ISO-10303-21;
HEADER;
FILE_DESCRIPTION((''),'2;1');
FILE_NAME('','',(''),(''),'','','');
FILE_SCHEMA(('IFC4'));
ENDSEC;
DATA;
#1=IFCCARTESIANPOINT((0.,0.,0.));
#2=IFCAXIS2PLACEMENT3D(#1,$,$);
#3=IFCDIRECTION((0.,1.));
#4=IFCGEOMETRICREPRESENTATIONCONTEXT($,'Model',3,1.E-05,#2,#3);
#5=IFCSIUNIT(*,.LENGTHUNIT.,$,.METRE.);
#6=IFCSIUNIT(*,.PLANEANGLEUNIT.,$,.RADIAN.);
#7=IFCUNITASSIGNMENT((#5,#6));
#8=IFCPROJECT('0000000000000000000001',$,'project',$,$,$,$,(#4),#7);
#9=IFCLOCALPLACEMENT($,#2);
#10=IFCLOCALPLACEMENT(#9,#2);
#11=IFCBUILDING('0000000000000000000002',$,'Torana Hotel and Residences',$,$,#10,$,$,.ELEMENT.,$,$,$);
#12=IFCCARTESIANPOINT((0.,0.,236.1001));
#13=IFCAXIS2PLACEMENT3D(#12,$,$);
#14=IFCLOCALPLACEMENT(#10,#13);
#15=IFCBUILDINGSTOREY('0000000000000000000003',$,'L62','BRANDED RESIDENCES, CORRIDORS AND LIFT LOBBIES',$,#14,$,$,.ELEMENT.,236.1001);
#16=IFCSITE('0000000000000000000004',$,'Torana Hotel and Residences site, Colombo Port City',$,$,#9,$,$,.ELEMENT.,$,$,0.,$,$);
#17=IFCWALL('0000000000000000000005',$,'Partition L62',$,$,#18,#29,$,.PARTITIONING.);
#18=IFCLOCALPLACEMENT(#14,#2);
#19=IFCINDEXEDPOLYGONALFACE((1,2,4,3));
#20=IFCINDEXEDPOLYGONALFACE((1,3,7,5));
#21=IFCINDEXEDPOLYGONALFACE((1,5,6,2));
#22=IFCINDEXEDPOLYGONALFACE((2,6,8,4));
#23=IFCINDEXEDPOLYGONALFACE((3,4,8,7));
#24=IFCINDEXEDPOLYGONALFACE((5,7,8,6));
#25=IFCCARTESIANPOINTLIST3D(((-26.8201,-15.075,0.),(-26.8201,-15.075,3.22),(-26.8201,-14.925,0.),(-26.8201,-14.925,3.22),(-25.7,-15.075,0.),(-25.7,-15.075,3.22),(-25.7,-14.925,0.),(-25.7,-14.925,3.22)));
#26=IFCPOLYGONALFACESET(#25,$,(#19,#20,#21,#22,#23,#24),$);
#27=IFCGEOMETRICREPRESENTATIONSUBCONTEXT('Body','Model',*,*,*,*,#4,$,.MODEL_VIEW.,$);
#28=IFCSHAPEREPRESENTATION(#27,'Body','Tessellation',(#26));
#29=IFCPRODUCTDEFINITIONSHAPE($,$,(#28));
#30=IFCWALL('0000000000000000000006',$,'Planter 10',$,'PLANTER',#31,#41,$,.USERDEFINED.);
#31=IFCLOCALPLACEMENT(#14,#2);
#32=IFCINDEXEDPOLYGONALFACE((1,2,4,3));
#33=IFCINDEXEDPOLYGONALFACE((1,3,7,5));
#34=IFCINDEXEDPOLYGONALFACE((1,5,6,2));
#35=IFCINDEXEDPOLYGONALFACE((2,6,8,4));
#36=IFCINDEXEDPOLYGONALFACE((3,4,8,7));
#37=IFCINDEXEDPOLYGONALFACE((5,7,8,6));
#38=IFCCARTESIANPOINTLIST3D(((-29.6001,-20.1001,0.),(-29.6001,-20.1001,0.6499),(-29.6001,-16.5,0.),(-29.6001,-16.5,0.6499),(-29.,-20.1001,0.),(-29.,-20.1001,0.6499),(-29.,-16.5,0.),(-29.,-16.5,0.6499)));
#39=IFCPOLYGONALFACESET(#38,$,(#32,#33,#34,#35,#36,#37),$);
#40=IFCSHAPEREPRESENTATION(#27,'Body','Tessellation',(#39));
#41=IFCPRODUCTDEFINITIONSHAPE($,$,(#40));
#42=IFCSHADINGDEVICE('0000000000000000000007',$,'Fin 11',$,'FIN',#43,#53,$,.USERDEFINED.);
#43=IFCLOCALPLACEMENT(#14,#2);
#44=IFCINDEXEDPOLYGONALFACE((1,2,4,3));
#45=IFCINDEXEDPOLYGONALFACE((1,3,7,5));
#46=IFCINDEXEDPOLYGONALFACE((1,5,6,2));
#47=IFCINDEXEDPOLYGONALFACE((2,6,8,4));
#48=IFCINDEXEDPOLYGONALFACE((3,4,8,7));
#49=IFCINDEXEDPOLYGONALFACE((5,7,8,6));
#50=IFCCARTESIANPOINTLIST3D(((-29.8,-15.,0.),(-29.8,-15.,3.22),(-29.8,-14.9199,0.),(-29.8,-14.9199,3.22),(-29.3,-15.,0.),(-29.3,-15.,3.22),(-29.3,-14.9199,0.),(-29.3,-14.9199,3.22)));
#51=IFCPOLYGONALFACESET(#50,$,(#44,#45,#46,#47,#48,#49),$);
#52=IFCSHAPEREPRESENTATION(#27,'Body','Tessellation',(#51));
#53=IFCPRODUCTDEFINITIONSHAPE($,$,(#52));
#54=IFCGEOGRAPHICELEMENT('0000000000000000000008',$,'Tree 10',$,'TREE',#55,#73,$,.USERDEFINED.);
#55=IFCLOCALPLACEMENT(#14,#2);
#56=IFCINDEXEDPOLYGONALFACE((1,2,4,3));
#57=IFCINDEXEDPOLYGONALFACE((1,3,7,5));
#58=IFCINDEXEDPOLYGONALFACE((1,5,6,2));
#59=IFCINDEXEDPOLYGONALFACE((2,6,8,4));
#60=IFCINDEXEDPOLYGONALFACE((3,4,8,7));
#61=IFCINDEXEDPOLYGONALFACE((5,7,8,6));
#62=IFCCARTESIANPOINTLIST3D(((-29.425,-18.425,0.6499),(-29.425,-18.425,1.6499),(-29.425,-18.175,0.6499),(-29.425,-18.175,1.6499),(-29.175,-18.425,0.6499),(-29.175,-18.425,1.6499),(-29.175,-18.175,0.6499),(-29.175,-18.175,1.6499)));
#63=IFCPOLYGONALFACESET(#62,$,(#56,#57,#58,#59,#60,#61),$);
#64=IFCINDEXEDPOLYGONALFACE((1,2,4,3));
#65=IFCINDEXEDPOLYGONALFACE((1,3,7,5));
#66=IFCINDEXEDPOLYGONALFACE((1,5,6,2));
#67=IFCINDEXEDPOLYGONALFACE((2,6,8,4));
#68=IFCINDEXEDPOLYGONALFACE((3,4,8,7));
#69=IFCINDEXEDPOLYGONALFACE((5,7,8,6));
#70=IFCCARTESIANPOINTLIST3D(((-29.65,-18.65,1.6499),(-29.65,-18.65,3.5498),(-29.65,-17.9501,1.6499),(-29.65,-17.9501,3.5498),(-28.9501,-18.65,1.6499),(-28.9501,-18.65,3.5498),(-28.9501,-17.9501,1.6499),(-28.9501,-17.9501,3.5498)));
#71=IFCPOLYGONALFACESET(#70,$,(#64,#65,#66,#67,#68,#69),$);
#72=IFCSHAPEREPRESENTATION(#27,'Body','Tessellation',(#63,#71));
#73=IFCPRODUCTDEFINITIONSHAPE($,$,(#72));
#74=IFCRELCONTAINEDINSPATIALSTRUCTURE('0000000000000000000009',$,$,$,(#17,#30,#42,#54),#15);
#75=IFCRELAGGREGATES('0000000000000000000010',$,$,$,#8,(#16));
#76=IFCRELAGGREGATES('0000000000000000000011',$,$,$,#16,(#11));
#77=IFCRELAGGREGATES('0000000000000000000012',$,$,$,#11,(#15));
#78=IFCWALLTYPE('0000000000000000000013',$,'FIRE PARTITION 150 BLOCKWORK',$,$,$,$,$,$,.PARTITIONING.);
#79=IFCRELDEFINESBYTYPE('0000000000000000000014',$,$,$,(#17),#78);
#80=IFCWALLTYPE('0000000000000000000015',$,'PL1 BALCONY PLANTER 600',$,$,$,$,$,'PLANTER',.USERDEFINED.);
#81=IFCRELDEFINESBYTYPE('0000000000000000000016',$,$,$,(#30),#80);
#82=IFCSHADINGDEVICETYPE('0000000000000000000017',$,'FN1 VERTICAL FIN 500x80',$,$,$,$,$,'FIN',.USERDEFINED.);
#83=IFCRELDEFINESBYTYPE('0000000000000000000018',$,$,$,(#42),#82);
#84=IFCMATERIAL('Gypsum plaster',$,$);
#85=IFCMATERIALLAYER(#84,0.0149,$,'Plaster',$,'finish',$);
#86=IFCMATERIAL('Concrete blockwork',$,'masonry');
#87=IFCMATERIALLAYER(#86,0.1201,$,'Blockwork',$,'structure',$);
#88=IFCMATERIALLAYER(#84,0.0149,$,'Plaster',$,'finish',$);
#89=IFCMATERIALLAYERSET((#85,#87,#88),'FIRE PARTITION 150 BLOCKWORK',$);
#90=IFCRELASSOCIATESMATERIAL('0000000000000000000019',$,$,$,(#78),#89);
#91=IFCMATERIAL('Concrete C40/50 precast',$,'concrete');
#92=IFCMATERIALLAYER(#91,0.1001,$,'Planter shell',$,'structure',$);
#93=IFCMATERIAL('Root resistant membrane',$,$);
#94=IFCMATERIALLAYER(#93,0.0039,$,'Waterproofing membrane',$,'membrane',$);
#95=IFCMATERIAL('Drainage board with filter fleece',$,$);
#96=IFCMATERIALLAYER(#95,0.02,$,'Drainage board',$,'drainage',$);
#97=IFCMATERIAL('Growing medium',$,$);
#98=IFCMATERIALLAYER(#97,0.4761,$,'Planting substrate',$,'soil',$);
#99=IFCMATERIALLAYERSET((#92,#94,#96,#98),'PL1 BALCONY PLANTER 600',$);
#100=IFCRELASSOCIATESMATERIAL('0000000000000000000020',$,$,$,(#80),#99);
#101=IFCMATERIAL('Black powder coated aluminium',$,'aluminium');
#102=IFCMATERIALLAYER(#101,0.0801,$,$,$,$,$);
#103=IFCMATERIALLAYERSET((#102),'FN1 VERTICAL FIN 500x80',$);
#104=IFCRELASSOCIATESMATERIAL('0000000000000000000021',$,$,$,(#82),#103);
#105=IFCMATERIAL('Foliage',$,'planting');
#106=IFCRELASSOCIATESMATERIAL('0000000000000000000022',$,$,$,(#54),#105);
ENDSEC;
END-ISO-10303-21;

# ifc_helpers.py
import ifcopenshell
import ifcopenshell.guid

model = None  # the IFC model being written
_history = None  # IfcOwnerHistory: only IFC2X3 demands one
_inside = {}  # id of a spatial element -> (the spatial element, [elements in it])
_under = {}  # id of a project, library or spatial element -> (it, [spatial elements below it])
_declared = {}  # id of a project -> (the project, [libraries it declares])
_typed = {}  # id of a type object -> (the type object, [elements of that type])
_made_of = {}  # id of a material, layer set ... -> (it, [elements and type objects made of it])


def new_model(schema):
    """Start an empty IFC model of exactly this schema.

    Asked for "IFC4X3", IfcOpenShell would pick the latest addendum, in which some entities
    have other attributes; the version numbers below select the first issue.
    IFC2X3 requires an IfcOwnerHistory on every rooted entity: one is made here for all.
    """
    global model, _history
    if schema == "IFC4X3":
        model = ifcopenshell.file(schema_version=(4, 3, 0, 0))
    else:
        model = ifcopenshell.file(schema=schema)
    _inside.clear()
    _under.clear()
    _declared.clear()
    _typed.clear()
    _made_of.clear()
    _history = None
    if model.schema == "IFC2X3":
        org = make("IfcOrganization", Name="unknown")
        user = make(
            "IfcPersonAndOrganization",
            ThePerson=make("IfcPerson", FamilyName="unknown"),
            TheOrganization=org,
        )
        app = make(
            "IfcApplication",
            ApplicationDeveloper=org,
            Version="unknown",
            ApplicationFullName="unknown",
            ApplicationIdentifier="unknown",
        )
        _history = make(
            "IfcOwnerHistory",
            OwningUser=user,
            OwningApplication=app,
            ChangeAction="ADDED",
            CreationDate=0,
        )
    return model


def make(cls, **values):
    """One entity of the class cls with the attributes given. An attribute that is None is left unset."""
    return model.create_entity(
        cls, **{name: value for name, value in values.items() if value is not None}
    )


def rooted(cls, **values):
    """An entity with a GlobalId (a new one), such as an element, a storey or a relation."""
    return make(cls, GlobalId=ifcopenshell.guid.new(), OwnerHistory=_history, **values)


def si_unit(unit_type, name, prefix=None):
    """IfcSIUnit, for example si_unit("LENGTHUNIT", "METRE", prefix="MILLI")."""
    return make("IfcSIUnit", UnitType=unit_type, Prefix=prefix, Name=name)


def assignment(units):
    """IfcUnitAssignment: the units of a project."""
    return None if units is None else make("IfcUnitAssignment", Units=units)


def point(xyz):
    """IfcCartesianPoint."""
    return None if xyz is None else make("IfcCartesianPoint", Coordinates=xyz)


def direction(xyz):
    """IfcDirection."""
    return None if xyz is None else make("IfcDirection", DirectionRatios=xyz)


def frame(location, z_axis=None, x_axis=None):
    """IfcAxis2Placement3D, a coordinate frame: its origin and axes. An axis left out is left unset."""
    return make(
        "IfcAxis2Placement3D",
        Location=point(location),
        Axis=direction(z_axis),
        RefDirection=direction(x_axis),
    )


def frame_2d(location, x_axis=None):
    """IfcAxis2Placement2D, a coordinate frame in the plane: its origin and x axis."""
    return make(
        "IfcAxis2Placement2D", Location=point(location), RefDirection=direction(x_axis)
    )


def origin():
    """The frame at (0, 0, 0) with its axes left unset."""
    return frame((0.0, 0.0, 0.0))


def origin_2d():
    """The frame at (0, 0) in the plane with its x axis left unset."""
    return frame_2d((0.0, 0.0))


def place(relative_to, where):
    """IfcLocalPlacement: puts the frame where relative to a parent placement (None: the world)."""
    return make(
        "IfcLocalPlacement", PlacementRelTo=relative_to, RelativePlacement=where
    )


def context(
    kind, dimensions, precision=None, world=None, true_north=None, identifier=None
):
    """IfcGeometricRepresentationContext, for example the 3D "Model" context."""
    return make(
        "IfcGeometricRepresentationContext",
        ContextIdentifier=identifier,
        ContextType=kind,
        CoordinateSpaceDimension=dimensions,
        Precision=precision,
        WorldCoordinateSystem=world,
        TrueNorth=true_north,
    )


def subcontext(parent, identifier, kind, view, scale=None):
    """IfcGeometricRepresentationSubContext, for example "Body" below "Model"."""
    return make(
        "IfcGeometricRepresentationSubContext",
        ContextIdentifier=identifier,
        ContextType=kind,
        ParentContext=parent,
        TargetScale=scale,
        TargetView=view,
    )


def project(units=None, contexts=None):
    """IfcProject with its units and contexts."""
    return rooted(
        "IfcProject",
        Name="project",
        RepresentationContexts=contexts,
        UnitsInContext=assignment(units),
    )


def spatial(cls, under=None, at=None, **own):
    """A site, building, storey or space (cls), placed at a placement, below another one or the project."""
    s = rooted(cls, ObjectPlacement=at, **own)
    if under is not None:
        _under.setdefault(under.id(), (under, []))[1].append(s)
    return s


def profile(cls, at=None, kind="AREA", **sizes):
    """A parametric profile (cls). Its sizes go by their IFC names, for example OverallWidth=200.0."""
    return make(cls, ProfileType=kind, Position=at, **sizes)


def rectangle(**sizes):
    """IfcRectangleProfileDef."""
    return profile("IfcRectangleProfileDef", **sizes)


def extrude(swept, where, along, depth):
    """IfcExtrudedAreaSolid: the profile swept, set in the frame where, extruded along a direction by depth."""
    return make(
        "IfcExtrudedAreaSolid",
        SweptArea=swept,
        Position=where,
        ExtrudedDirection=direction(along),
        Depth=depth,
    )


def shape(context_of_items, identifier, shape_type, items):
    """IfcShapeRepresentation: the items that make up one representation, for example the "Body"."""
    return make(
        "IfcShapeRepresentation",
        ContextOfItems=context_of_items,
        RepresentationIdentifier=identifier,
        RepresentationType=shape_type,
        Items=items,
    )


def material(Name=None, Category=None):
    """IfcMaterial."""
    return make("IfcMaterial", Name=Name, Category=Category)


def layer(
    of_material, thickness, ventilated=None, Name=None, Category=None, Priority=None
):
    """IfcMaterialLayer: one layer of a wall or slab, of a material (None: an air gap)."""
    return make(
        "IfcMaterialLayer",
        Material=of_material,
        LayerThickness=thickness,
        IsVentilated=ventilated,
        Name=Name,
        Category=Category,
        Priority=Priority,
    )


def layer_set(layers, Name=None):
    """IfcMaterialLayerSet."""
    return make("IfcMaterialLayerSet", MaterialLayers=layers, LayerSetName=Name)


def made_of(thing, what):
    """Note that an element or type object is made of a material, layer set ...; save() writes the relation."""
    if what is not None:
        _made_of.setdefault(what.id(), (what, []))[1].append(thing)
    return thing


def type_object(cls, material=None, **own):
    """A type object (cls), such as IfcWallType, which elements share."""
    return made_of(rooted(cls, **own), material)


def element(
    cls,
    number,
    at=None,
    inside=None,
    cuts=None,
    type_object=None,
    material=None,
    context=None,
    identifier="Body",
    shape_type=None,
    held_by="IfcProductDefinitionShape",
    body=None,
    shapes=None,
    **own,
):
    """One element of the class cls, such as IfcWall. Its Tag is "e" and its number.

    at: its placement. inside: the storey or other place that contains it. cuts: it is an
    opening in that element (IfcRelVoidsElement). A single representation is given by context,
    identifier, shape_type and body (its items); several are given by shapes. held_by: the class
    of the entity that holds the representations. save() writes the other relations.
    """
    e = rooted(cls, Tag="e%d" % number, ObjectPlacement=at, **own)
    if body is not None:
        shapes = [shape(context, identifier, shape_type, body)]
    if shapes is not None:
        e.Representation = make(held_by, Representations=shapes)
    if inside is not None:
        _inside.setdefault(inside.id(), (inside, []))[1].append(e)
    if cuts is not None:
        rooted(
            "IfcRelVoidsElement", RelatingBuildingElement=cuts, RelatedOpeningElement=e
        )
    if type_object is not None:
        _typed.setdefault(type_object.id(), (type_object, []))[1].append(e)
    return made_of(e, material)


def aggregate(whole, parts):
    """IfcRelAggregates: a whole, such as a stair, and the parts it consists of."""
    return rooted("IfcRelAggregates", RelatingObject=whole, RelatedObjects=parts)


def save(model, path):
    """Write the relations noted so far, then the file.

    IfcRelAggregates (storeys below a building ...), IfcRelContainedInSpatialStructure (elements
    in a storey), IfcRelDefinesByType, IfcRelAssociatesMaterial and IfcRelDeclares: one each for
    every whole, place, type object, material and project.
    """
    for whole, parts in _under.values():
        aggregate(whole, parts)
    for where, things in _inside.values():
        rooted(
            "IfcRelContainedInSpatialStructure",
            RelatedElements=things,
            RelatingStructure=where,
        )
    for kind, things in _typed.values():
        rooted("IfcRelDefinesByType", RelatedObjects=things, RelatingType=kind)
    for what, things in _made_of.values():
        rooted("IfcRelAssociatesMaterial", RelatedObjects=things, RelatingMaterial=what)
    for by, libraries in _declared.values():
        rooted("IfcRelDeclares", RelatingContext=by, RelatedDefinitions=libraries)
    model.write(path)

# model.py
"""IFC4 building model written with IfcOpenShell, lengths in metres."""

from ifc_helpers import new_model, si_unit, direction, frame, frame_2d, origin, origin_2d, place, context, subcontext, project, spatial, rectangle, extrude, material, layer, layer_set, type_object, element, save


model = new_model("IFC4")

# Units and contexts
model_context = context("Model", 3, precision=1e-05, world=origin(), true_north=direction((0.0, 1.0)))
body_context = subcontext(model_context, "Body", "Model", "MODEL_VIEW")
ifc_project = project(units=[si_unit("LENGTHUNIT", "METRE"), si_unit("PLANEANGLEUNIT", "RADIAN")], contexts=[model_context])

# Site, building, storey
site_placement = place(None, origin())
site = spatial("IfcSite", under=ifc_project, at=site_placement, Name="Torana Hotel and Residences site, Colombo Port City", CompositionType="ELEMENT", RefElevation=0.0)
building_placement = place(site_placement, origin())
building = spatial("IfcBuilding", under=site, at=building_placement, Name="Torana Hotel and Residences", CompositionType="ELEMENT")
storey_placement = place(building_placement, frame((0.0, 0.0, 236.1001)))
storey = spatial("IfcBuildingStorey", under=building, at=storey_placement, Name="L62", Description="BRANDED RESIDENCES, CORRIDORS AND LIFT LOBBIES", CompositionType="ELEMENT", Elevation=236.1001)

# Shared definitions
ifc_material_1 = material(Name="Gypsum plaster")
ifc_layer_1 = layer(ifc_material_1, 0.0149, Name="Plaster", Category="finish")
ifc_material_2 = material(Name="Concrete blockwork", Category="masonry")
ifc_layer_2 = layer(ifc_material_2, 0.1201, Name="Blockwork", Category="structure")
ifc_layer_3 = layer(ifc_material_1, 0.0149, Name="Plaster", Category="finish")
ifc_layer_set_1 = layer_set([ifc_layer_1, ifc_layer_2, ifc_layer_3], Name="FIRE PARTITION 150 BLOCKWORK")
wall_type_1 = type_object("IfcWallType", Name="FIRE PARTITION 150 BLOCKWORK", PredefinedType="PARTITIONING", material=ifc_layer_set_1)

# Walls
wall_1_placement = place(storey_placement, frame((-26.8201, -15.0, 0.0), z_axis=(0.0, 0.0, 1.0), x_axis=(1.0, 0.0, 0.0)))
element("IfcWall", 1, at=wall_1_placement, inside=storey, type_object=wall_type_1, Name="Partition L62", PredefinedType="PARTITIONING", context=body_context, shape_type="SweptSolid", body=[
    extrude(rectangle(XDim=1.1201, YDim=0.1499, at=frame_2d((0.5601, 0.0))), origin(), (0.0, 0.0, 1.0), 3.22),
])
ifc_material_3 = material(Name="Concrete C40/50 precast", Category="concrete")
ifc_layer_4 = layer(ifc_material_3, 0.1001, Name="Planter shell", Category="structure")
ifc_material_4 = material(Name="Root resistant membrane")
ifc_layer_5 = layer(ifc_material_4, 0.0039, Name="Waterproofing membrane", Category="membrane")
ifc_material_5 = material(Name="Drainage board with filter fleece")
ifc_layer_6 = layer(ifc_material_5, 0.02, Name="Drainage board", Category="drainage")
ifc_material_6 = material(Name="Growing medium")
ifc_layer_7 = layer(ifc_material_6, 0.4761, Name="Planting substrate", Category="soil")
ifc_layer_set_2 = layer_set([ifc_layer_4, ifc_layer_5, ifc_layer_6, ifc_layer_7], Name="PL1 BALCONY PLANTER 600")
wall_type_2 = type_object("IfcWallType", Name="PL1 BALCONY PLANTER 600", ElementType="PLANTER", PredefinedType="USERDEFINED", material=ifc_layer_set_2)
wall_2_placement = place(storey_placement, frame((-29.3, -20.1001, 0.0), z_axis=(0.0, 0.0, 1.0), x_axis=(0.0, 1.0, 0.0)))
element("IfcWall", 2, at=wall_2_placement, inside=storey, type_object=wall_type_2, Name="Planter 10", ObjectType="PLANTER", PredefinedType="USERDEFINED", context=body_context, shape_type="SweptSolid", body=[
    extrude(rectangle(XDim=3.6001, YDim=0.6001, at=frame_2d((1.8, 0.0))), origin(), (0.0, 0.0, 1.0), 0.6499),
])

# Shading device
ifc_material_7 = material(Name="Black powder coated aluminium", Category="aluminium")
ifc_layer_8 = layer(ifc_material_7, 0.0801)
ifc_layer_set_3 = layer_set([ifc_layer_8], Name="FN1 VERTICAL FIN 500x80")
shading_device_type = type_object("IfcShadingDeviceType", Name="FN1 VERTICAL FIN 500x80", ElementType="FIN", PredefinedType="USERDEFINED", material=ifc_layer_set_3)
shading_device_placement = place(storey_placement, frame((-29.55, -14.96, 0.0), z_axis=(0.0, 0.0, 1.0), x_axis=(0.0, 1.0, 0.0)))
element("IfcShadingDevice", 3, at=shading_device_placement, inside=storey, type_object=shading_device_type, Name="Fin 11", ObjectType="FIN", PredefinedType="USERDEFINED", context=body_context, shape_type="SweptSolid", body=[
    extrude(rectangle(XDim=0.0801, YDim=0.5, at=origin_2d()), origin(), (0.0, 0.0, 1.0), 3.22),
])

# Geographic element
ifc_material_8 = material(Name="Foliage", Category="planting")
geographic_element_placement = place(storey_placement, frame((-29.3, -18.3, 0.6499), z_axis=(0.0, 0.0, 1.0), x_axis=(1.0, 0.0, 0.0)))
element("IfcGeographicElement", 4, at=geographic_element_placement, inside=storey, material=ifc_material_8, Name="Tree 10", ObjectType="TREE", PredefinedType="USERDEFINED", context=body_context, shape_type="SweptSolid", body=[
    extrude(rectangle(XDim=0.25, YDim=0.25, at=origin_2d()), origin(), (0.0, 0.0, 1.0), 1.0),
    extrude(rectangle(XDim=0.7, YDim=0.7, at=origin_2d()), frame((0.0, 0.0, 1.0)), (0.0, 0.0, 1.0), 1.8999),
])

save(model, "model.ifc")
